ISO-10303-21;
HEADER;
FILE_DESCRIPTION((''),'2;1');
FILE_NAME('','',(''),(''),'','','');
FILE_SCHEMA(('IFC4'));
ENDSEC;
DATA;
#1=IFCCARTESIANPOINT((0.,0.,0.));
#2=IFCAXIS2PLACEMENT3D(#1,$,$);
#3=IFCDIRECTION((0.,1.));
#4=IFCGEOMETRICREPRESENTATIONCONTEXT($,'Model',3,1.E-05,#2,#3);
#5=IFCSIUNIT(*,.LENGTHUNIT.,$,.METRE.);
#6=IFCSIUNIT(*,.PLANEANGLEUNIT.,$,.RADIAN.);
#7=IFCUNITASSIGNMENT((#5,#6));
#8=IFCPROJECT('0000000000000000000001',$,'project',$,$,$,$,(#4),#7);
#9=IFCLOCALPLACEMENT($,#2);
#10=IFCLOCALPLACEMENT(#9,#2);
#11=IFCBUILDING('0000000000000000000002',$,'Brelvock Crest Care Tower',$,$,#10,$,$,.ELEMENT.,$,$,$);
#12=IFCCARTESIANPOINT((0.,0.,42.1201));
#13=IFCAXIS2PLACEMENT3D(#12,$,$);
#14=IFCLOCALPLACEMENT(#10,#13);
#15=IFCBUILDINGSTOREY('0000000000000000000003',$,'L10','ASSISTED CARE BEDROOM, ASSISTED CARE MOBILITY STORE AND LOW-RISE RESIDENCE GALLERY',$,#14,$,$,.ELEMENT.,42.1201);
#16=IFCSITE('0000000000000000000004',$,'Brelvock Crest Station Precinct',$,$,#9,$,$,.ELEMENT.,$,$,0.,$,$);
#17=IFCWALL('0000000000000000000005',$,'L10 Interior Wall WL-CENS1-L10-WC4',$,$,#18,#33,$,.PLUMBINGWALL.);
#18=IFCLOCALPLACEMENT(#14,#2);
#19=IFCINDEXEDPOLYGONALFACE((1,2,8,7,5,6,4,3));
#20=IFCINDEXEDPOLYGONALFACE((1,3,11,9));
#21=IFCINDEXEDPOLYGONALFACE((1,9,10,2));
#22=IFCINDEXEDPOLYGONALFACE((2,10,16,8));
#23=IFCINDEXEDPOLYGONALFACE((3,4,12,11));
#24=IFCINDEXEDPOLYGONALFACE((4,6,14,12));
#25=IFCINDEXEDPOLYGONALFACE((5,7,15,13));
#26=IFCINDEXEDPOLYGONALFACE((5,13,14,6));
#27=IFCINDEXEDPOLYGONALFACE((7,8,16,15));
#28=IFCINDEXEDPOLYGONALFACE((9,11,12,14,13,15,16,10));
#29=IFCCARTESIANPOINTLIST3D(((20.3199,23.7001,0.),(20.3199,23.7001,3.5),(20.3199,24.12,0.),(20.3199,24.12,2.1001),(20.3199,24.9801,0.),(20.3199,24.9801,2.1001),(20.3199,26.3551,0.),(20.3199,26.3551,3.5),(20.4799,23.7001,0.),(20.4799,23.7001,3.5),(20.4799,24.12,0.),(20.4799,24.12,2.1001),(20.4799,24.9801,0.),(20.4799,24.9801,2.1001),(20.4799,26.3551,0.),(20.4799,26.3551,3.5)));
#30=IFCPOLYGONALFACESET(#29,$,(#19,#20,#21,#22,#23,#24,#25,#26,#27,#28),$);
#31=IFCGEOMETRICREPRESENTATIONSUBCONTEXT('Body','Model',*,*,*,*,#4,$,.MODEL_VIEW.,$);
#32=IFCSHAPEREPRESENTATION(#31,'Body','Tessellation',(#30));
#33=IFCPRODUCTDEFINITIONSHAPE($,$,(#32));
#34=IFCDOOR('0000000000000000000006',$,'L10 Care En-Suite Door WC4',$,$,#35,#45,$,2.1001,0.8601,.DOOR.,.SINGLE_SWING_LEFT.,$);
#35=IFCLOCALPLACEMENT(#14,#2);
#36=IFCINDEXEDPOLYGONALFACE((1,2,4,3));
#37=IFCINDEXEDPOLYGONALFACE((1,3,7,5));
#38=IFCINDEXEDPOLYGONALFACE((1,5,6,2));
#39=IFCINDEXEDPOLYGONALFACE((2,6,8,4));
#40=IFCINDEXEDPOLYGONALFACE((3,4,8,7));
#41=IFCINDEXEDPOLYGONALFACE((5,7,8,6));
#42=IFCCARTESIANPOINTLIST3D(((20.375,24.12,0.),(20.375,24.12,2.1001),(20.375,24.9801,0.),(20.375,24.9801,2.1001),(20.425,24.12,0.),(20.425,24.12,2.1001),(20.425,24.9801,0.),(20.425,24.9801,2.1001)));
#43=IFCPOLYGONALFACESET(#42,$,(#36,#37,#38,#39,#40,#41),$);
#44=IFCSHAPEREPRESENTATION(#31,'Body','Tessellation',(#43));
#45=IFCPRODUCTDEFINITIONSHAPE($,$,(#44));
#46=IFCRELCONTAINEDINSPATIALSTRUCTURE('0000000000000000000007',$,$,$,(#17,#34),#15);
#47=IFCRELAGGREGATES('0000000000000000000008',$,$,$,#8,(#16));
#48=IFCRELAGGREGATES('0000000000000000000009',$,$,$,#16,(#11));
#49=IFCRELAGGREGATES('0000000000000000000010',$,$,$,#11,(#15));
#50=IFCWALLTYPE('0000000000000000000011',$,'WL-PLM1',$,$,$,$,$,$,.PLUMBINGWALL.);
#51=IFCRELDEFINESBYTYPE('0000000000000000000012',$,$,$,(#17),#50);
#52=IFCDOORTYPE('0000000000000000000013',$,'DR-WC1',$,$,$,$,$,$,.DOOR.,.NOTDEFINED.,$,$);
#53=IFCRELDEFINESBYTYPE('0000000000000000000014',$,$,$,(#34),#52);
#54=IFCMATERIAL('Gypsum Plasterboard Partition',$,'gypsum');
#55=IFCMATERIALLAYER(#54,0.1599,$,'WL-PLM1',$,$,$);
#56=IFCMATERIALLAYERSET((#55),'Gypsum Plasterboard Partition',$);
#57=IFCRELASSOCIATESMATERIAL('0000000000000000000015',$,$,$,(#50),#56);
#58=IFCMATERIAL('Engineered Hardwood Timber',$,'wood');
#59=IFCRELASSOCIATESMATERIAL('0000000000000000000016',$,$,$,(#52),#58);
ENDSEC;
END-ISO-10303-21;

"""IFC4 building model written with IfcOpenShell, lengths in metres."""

from ifc_helpers import new_model, si_unit, direction, frame, frame_2d, origin, origin_2d, place, context, subcontext, project, spatial, rectangle, extrude, source, transform, mapped, material, layer, layer_set, type_object, element, fill, save


model = new_model("IFC4")

# Units and contexts
model_context = context("Model", 3, precision=1e-05, world=origin(), true_north=direction((0.0, 1.0)))
body_context = subcontext(model_context, "Body", "Model", "MODEL_VIEW")
ifc_project = project(units=[si_unit("LENGTHUNIT", "METRE"), si_unit("PLANEANGLEUNIT", "RADIAN")], contexts=[model_context])

# Site, building, storey
site_placement = place(None, origin())
site = spatial("IfcSite", under=ifc_project, at=site_placement, Name="Brelvock Crest Station Precinct", CompositionType="ELEMENT", RefElevation=0.0)
building_placement = place(site_placement, origin())
building = spatial("IfcBuilding", under=site, at=building_placement, Name="Brelvock Crest Care Tower", CompositionType="ELEMENT")
storey_placement = place(building_placement, frame((0.0, 0.0, 42.1201)))
storey = spatial("IfcBuildingStorey", under=building, at=storey_placement, Name="L10", Description="ASSISTED CARE BEDROOM, ASSISTED CARE MOBILITY STORE AND LOW-RISE RESIDENCE GALLERY", CompositionType="ELEMENT", Elevation=42.1201)

# Shared definitions
ifc_material_1 = material(Name="Engineered Hardwood Timber", Category="wood")

# Shared definitions
ifc_material_2 = material(Name="Gypsum Plasterboard Partition", Category="gypsum")
ifc_layer_1 = layer(ifc_material_2, 0.1599, Name="WL-PLM1")
ifc_layer_set_1 = layer_set([ifc_layer_1], Name="Gypsum Plasterboard Partition")
wall_type_1 = type_object("IfcWallType", Name="WL-PLM1", PredefinedType="PLUMBINGWALL", material=ifc_layer_set_1)

# Wall, opening, door
wall_1_placement = place(storey_placement, frame((20.3999, 23.7, 0.0), z_axis=(0.0, 0.0, 1.0), x_axis=(0.0, 1.0, 0.0)))
wall_1 = element("IfcWall", 1, at=wall_1_placement, inside=storey, type_object=wall_type_1, Name="L10 Interior Wall WL-CENS1-L10-WC4", PredefinedType="PLUMBINGWALL", context=body_context, shape_type="SweptSolid", body=[
    extrude(rectangle(XDim=2.655, YDim=0.1599, at=frame_2d((1.3276, 0.0))), origin(), (0.0, 0.0, 1.0), 3.5),
])
opening_1_placement = place(wall_1_placement, frame((0.4199, 0.0, 0.0)))
opening_1 = element("IfcOpeningElement", 2, at=opening_1_placement, cuts=wall_1, PredefinedType="OPENING", context=body_context, shape_type="SweptSolid", body=[
    extrude(rectangle(XDim=0.8601, YDim=2.1001, at=origin_2d()), frame((0.4302, 0.0898, 1.05), z_axis=(0.0, -1.0, 0.0), x_axis=(1.0, 0.0, 0.0)), (0.0, 0.0, 1.0), 0.1799),
])
door_type_1 = type_object("IfcDoorType", Name="DR-WC1", OperationType="NOTDEFINED", PredefinedType="DOOR", material=ifc_material_1)
shared_shape_1 = source(origin(), body_context, "Body", "SweptSolid", [
    extrude(rectangle(XDim=0.8601, YDim=2.1001, at=origin_2d()), frame((0.4302, 0.0249, 1.05), z_axis=(0.0, -1.0, 0.0), x_axis=(1.0, 0.0, 0.0)), (0.0, 0.0, 1.0), 0.05),
])
door_1_placement = place(opening_1_placement, origin())
door_1 = element("IfcDoor", 3, at=door_1_placement, inside=storey, type_object=door_type_1, Name="L10 Care En-Suite Door WC4", OperationType="SINGLE_SWING_LEFT", OverallHeight=2.1001, OverallWidth=0.8601, PredefinedType="DOOR", context=body_context, shape_type="MappedRepresentation", body=[
    mapped(shared_shape_1, transform((0.0, 0.0, 0.0), x_axis=(1.0, 0.0, 0.0), y_axis=(0.0, 1.0, 0.0), z_axis=(0.0, 0.0, 1.0), scale=1.0)),
])
fill(opening_1, door_1)

save(model, "model.ifc")
